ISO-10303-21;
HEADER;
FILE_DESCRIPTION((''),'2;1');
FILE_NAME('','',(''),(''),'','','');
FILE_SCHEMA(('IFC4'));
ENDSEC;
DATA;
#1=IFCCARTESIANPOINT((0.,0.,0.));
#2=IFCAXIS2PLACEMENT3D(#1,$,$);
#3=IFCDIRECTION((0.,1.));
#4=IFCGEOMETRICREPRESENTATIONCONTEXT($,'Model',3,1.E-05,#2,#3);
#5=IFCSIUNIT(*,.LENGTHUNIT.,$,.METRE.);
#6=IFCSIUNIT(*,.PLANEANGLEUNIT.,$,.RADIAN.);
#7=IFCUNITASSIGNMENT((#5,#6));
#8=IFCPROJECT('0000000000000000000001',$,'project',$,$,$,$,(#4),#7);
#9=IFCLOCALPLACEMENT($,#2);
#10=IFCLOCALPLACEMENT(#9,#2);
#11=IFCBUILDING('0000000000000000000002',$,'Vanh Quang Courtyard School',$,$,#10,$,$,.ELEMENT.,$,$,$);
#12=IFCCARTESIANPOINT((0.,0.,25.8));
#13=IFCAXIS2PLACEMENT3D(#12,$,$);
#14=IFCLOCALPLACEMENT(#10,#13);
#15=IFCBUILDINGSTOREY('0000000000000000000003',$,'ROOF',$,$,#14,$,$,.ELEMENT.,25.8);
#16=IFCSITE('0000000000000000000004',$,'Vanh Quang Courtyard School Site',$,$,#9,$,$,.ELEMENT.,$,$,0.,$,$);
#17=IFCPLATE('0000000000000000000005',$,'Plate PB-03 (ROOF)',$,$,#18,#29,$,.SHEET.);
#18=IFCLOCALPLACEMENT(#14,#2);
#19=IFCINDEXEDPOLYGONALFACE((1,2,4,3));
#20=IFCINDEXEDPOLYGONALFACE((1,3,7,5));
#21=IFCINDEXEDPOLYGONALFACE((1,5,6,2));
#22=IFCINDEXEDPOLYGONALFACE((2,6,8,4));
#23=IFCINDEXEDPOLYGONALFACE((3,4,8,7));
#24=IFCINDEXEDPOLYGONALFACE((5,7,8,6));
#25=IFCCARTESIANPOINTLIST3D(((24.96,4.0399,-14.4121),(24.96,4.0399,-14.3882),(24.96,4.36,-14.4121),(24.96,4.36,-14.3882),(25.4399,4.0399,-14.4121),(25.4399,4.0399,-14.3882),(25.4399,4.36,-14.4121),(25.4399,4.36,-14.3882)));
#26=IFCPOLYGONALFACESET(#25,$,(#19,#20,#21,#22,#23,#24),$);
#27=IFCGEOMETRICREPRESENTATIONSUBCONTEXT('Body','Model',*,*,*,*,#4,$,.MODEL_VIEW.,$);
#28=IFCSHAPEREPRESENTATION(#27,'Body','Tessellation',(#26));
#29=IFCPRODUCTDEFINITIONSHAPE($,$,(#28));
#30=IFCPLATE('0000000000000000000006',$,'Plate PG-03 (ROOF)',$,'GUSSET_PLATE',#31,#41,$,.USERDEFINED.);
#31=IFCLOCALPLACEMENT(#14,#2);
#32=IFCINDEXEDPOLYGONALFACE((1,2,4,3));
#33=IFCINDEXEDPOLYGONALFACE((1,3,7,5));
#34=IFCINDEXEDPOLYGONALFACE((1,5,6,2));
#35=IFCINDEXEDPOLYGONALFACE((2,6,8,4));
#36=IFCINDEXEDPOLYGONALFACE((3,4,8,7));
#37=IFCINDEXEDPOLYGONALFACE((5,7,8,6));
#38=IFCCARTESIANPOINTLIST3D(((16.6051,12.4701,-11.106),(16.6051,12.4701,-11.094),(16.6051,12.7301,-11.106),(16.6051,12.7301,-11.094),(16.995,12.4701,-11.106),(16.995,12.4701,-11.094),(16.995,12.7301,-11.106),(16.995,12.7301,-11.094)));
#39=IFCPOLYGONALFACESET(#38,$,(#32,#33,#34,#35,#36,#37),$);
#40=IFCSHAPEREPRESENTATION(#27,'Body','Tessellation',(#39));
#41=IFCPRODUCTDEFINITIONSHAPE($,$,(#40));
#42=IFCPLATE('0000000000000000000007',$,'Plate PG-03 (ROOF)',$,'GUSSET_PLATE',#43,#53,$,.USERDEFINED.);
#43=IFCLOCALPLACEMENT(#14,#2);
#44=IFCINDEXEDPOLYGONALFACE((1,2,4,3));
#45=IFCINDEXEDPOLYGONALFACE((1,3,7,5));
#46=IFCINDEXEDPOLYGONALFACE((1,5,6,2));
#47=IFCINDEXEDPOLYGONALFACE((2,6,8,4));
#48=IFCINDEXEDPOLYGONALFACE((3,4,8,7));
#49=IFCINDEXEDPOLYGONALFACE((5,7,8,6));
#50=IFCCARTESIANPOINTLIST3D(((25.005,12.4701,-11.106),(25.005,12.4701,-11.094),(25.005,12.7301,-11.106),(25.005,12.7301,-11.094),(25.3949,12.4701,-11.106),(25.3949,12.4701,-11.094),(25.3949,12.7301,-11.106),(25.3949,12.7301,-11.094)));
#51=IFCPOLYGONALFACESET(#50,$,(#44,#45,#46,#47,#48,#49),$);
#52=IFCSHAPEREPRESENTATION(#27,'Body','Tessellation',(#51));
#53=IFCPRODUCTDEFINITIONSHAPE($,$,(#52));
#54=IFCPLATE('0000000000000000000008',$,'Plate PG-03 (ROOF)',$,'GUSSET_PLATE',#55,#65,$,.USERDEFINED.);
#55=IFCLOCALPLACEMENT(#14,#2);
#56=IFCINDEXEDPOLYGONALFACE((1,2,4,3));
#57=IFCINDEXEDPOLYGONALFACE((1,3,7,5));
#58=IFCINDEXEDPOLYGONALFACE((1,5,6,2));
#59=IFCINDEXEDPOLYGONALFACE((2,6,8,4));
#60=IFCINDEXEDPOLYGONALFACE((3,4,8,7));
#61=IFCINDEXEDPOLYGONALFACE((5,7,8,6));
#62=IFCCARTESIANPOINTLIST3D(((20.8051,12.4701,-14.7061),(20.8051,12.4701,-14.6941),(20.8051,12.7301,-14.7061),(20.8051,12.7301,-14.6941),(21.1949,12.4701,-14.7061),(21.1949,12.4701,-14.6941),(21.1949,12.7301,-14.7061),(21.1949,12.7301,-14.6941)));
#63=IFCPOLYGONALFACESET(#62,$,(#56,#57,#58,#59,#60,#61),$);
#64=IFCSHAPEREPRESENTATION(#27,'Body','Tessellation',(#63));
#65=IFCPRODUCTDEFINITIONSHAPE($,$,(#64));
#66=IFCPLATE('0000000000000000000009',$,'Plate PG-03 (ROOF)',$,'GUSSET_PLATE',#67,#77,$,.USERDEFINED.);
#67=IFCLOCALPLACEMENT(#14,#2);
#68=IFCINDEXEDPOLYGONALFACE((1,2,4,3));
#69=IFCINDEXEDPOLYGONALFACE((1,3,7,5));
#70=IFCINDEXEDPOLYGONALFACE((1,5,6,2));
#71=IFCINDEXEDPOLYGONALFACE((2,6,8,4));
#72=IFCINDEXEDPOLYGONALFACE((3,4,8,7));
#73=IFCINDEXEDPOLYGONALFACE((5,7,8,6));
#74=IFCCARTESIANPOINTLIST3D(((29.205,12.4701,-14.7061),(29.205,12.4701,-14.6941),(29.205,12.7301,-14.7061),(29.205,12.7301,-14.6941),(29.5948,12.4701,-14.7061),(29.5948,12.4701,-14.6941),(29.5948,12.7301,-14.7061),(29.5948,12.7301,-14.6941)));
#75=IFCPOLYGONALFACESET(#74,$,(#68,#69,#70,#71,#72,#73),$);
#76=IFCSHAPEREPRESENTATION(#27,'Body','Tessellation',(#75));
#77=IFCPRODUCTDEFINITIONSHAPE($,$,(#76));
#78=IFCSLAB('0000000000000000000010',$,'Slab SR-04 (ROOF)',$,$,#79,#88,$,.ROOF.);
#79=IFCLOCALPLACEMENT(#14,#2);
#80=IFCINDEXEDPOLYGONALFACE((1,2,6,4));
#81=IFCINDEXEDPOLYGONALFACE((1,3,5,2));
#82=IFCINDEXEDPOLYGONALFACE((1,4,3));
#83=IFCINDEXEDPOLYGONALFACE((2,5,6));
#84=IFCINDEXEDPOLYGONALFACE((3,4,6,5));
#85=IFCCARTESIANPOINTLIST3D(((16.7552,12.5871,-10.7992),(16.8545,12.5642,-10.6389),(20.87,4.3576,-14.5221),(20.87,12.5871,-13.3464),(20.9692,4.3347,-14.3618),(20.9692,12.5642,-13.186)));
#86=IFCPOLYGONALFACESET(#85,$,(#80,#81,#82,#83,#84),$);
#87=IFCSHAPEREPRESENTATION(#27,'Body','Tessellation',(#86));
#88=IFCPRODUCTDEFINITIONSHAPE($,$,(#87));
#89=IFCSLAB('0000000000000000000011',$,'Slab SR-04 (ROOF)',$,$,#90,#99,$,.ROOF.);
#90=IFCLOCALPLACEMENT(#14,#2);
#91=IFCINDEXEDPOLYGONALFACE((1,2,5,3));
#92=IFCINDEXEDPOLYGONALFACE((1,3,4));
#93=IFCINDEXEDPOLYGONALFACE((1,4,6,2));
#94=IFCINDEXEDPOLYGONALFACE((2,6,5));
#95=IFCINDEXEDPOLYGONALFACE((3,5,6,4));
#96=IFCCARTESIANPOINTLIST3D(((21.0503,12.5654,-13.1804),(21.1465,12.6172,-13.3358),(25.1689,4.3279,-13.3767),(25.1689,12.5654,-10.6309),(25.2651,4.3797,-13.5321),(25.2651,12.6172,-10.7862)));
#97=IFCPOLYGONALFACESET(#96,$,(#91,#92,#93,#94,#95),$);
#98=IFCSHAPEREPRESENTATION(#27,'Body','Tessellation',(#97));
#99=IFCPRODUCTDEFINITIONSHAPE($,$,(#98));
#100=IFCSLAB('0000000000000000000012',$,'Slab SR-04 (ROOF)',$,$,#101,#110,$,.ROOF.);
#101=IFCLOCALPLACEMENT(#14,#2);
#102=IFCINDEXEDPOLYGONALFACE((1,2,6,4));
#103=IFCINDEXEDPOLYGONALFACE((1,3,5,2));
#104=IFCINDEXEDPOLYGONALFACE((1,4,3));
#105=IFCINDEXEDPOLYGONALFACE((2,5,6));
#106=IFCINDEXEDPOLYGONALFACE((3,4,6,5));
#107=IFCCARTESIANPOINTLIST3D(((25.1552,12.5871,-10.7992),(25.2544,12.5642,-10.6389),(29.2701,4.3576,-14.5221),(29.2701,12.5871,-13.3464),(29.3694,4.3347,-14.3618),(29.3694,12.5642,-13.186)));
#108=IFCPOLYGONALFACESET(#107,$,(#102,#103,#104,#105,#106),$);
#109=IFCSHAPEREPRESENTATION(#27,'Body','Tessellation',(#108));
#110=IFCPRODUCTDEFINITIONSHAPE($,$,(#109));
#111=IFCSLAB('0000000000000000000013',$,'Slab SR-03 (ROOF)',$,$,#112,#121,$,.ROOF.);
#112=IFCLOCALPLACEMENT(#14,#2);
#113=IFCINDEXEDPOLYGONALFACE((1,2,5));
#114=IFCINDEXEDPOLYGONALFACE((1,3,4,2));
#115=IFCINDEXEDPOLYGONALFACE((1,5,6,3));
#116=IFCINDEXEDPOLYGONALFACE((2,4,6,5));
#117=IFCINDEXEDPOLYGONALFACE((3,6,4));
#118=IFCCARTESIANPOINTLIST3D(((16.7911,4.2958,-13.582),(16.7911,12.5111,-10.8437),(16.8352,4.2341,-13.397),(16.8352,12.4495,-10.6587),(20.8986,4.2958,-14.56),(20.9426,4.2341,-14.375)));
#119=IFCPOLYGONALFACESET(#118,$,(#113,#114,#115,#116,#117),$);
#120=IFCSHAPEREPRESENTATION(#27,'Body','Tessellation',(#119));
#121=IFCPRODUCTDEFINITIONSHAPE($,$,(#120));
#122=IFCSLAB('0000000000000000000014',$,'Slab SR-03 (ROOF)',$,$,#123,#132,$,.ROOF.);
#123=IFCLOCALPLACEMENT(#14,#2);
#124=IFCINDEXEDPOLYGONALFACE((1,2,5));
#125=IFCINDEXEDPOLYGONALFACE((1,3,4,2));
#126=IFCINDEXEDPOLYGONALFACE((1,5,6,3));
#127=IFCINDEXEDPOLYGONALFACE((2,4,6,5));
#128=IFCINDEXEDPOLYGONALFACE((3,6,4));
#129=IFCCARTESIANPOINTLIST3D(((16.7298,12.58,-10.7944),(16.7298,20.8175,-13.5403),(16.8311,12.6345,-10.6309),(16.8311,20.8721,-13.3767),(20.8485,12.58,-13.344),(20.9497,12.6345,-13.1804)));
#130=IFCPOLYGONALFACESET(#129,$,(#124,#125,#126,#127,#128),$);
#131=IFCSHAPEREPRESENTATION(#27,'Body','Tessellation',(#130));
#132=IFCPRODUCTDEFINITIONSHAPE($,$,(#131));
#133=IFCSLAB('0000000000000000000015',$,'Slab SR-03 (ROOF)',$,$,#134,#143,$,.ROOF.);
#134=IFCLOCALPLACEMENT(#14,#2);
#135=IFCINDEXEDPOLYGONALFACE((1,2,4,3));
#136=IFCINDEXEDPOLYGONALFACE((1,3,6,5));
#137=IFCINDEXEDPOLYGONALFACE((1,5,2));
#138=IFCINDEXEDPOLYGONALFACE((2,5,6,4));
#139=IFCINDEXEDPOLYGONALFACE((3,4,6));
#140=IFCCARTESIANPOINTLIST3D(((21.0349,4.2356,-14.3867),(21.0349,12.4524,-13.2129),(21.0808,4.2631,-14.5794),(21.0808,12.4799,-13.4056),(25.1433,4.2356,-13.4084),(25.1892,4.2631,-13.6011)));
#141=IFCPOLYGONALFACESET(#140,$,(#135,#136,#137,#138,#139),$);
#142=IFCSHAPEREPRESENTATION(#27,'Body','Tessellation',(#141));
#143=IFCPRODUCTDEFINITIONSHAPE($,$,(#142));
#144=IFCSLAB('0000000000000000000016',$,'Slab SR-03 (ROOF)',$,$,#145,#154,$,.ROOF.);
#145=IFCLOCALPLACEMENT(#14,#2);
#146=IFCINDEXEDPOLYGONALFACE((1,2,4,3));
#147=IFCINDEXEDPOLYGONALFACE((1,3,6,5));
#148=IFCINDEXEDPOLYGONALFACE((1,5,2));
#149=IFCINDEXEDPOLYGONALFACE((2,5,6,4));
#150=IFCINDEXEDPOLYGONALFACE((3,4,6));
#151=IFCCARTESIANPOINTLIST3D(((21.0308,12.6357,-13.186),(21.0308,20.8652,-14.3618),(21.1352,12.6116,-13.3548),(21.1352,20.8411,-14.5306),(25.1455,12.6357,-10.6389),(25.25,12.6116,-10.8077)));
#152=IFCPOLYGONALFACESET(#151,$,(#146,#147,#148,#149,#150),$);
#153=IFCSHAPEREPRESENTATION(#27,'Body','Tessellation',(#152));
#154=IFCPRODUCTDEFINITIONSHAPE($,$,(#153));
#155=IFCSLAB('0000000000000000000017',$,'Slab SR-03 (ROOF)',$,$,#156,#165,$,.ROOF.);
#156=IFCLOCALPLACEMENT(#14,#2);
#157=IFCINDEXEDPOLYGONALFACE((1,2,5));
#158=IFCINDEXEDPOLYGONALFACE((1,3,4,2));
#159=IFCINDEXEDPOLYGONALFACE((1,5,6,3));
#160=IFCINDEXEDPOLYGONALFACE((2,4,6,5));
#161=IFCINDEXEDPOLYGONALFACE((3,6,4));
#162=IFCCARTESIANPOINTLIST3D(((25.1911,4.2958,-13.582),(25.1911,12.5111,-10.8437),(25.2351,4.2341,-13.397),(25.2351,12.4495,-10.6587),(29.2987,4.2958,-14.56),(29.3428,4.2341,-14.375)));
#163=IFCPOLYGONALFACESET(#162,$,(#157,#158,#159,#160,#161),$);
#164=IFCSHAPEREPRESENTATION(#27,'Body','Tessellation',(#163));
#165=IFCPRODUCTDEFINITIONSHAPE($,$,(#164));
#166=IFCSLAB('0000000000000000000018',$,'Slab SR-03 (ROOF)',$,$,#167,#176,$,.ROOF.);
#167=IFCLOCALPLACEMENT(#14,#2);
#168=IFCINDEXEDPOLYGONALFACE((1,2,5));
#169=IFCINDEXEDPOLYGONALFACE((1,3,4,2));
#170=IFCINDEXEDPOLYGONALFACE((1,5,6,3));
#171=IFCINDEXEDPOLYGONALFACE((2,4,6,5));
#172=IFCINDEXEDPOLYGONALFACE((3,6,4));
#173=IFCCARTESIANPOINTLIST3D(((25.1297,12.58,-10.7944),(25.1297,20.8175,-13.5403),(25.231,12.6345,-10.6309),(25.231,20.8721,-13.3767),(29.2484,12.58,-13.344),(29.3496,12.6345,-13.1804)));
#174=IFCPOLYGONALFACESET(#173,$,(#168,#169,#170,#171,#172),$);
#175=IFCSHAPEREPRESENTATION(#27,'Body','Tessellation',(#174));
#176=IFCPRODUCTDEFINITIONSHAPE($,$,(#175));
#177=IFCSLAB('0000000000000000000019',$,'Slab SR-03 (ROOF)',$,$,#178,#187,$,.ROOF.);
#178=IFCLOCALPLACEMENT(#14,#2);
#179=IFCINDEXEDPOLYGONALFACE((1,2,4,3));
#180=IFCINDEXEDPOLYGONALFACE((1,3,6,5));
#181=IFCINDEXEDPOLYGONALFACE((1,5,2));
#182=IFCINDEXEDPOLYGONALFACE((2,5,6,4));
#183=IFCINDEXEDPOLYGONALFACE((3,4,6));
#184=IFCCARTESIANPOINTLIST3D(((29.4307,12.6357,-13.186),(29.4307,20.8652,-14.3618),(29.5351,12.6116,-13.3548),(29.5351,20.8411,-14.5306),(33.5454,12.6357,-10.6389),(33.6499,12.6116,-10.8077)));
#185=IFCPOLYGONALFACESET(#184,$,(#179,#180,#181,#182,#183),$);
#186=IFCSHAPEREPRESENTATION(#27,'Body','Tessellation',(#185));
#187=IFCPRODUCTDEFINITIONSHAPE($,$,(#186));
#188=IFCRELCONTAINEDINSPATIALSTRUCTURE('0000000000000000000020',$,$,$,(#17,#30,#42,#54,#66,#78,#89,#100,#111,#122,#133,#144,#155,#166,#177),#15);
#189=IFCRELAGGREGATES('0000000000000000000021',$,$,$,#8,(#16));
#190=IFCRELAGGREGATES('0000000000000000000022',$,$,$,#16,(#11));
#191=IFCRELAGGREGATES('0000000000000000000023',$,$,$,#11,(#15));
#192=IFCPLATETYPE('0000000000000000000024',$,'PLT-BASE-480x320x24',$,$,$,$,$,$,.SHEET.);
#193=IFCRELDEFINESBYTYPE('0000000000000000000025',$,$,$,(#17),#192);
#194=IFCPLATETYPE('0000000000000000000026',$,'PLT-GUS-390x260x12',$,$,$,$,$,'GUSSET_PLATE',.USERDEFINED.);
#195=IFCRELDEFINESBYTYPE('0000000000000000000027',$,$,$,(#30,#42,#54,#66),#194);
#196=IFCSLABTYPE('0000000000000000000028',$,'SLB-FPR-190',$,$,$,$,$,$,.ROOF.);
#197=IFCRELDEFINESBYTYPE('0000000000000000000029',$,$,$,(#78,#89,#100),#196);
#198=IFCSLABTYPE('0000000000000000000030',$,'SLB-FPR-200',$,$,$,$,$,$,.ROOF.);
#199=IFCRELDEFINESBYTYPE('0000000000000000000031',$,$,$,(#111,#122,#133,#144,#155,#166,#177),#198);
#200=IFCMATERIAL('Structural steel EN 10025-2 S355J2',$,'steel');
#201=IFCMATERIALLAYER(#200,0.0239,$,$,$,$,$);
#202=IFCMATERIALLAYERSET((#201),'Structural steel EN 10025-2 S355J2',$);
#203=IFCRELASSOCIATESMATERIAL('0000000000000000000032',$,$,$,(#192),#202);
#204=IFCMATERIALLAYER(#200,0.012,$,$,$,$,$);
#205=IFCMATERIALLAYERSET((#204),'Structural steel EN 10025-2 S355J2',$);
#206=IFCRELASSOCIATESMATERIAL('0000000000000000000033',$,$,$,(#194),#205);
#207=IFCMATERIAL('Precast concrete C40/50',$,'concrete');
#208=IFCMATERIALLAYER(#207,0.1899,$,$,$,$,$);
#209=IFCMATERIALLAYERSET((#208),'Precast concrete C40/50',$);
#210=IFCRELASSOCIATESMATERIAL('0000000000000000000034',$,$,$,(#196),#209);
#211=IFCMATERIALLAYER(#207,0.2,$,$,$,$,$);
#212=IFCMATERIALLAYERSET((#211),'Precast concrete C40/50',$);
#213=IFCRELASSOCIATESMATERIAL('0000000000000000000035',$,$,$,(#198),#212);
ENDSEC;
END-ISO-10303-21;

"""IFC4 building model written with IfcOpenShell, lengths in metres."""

from ifc_helpers import new_model, si_unit, direction, frame, origin, origin_2d, place, context, subcontext, project, spatial, polyline, rectangle, outline, extrude, material, layer, layer_set, type_object, element, save


model = new_model("IFC4")

# Units and contexts
model_context = context("Model", 3, precision=1e-05, world=origin(), true_north=direction((0.0, 1.0)))
body_context = subcontext(model_context, "Body", "Model", "MODEL_VIEW")
ifc_project = project(units=[si_unit("LENGTHUNIT", "METRE"), si_unit("PLANEANGLEUNIT", "RADIAN")], contexts=[model_context])

# Site, building, storey
site_placement = place(None, origin())
site = spatial("IfcSite", under=ifc_project, at=site_placement, Name="Vanh Quang Courtyard School Site", CompositionType="ELEMENT", RefElevation=0.0)
building_placement = place(site_placement, origin())
building = spatial("IfcBuilding", under=site, at=building_placement, Name="Vanh Quang Courtyard School", CompositionType="ELEMENT")
storey_placement = place(building_placement, frame((0.0, 0.0, 25.8)))
storey = spatial("IfcBuildingStorey", under=building, at=storey_placement, Name="ROOF", CompositionType="ELEMENT", Elevation=25.8)

# Shared definitions
ifc_material_1 = material(Name="Structural steel EN 10025-2 S355J2", Category="steel")

# Plates
ifc_layer_1 = layer(ifc_material_1, 0.0239)
ifc_layer_set_1 = layer_set([ifc_layer_1], Name="Structural steel EN 10025-2 S355J2")
plate_type_1 = type_object("IfcPlateType", Name="PLT-BASE-480x320x24", PredefinedType="SHEET", material=ifc_layer_set_1)
for number, where, z_axis, x_axis, name in (
    (1, (25.2, 4.2, -14.4121), (0.0, 0.0, 1.0), (1.0, 0.0, 0.0), "Plate PB-03 (ROOF)"),
):
    element("IfcPlate", number, at=place(storey_placement, frame(where, z_axis=z_axis, x_axis=x_axis)), inside=storey, type_object=plate_type_1, Name=name, PredefinedType="SHEET", context=body_context, shape_type="SweptSolid", body=[
        extrude(rectangle(XDim=0.48, YDim=0.3201, at=origin_2d()), origin(), (0.0, 0.0, 1.0), 0.0239),
    ])
ifc_layer_2 = layer(ifc_material_1, 0.012)
ifc_layer_set_2 = layer_set([ifc_layer_2], Name="Structural steel EN 10025-2 S355J2")
plate_type_2 = type_object("IfcPlateType", Name="PLT-GUS-390x260x12", ElementType="GUSSET_PLATE", PredefinedType="USERDEFINED", material=ifc_layer_set_2)
for number, where, z_axis, x_axis, name in (
    (2, (16.8, 12.6001, -11.106), (0.0, 0.0, 1.0), (1.0, 0.0, 0.0), "Plate PG-03 (ROOF)"),
    (3, (25.2, 12.6001, -11.106), (0.0, 0.0, 1.0), (1.0, 0.0, 0.0), "Plate PG-03 (ROOF)"),
    (4, (21.0, 12.6001, -14.7061), (0.0, 0.0, 1.0), (1.0, 0.0, 0.0), "Plate PG-03 (ROOF)"),
    (5, (29.3999, 12.6001, -14.7061), (0.0, 0.0, 1.0), (1.0, 0.0, 0.0), "Plate PG-03 (ROOF)"),
):
    element("IfcPlate", number, at=place(storey_placement, frame(where, z_axis=z_axis, x_axis=x_axis)), inside=storey, type_object=plate_type_2, Name=name, ObjectType="GUSSET_PLATE", PredefinedType="USERDEFINED", context=body_context, shape_type="SweptSolid", body=[
        extrude(rectangle(XDim=0.3899, YDim=0.26, at=origin_2d()), origin(), (0.0, 0.0, 1.0), 0.012),
    ])

# Slabs
ifc_material_2 = material(Name="Precast concrete C40/50", Category="concrete")
ifc_layer_3 = layer(ifc_material_2, 0.1899)
ifc_layer_set_3 = layer_set([ifc_layer_3], Name="Precast concrete C40/50")
slab_type_1 = type_object("IfcSlabType", Name="SLB-FPR-190", PredefinedType="ROOF", material=ifc_layer_set_3)
slab_1_placement = place(storey_placement, frame((20.9692, 4.3347, -14.3618), z_axis=(0.522498, -0.120596, 0.844069), x_axis=(-0.414563, 0.829126, 0.375084)))
element("IfcSlab", 6, at=slab_1_placement, inside=storey, type_object=slab_type_1, Name="Slab SR-04 (ROOF)", PredefinedType="ROOF", context=body_context, shape_type="SweptSolid", body=[
    extrude(outline(polyline([(0.0, 0.0), (9.9255, 0.0), (7.2643, -4.0419), (0.0, 0.0)])), origin(), (0.0, 0.0, -1.0), 0.1899),
])
slab_2_placement = place(storey_placement, frame((25.1689, 4.3279, -13.3767), z_axis=(-0.506396, -0.272684, 0.818051), x_axis=(-0.447101, 0.894229, 0.021308)))
element("IfcSlab", 7, at=slab_2_placement, inside=storey, type_object=slab_type_1, Name="Slab SR-04 (ROOF)", PredefinedType="ROOF", context=body_context, shape_type="SweptSolid", body=[
    extrude(outline(polyline([(0.0, 0.0), (9.2119, 0.0), (7.4248, -4.5022), (0.0, 0.0)])), origin(), (0.0, 0.0, -1.0), 0.1899),
])
slab_3_placement = place(storey_placement, frame((29.3694, 4.3347, -14.3618), z_axis=(0.522475, -0.120598, 0.844083), x_axis=(-0.414583, 0.829117, 0.37508)))
element("IfcSlab", 8, at=slab_3_placement, inside=storey, type_object=slab_type_1, Name="Slab SR-04 (ROOF)", PredefinedType="ROOF", context=body_context, shape_type="SweptSolid", body=[
    extrude(outline(polyline([(0.0, 0.0), (9.9256, 0.0), (7.2642, -4.042), (0.0, 0.0)])), origin(), (0.0, 0.0, -1.0), 0.1899),
])
ifc_layer_4 = layer(ifc_material_2, 0.2)
ifc_layer_set_4 = layer_set([ifc_layer_4], Name="Precast concrete C40/50")
slab_type_2 = type_object("IfcSlabType", Name="SLB-FPR-200", PredefinedType="ROOF", material=ifc_layer_set_4)
slab_4_placement = place(storey_placement, frame((16.8352, 4.2341, -13.397), z_axis=(0.220343, -0.308439, 0.925373), x_axis=(0.0, 0.948689, 0.316211)))
element("IfcSlab", 9, at=slab_4_placement, inside=storey, type_object=slab_type_2, Name="Slab SR-03 (ROOF)", PredefinedType="ROOF", context=body_context, shape_type="SweptSolid", body=[
    extrude(outline(polyline([(0.0, 0.0), (8.6597, 0.0), (-0.3093, -4.2109), (0.0, 0.0)])), origin(), (0.0, 0.0, -1.0), 0.2),
])
slab_5_placement = place(storey_placement, frame((16.8311, 12.6345, -10.6309), z_axis=(0.506396, 0.272684, 0.818051), x_axis=(0.0, 0.948683, -0.316228)))
element("IfcSlab", 10, at=slab_5_placement, inside=storey, type_object=slab_type_2, Name="Slab SR-03 (ROOF)", PredefinedType="ROOF", context=body_context, shape_type="SweptSolid", body=[
    extrude(outline(polyline([(0.0, 0.0), (8.6831, 0.0), (0.8062, -4.7764), (0.0, 0.0)])), origin(), (0.0, 0.0, -1.0), 0.2),
])
slab_6_placement = place(storey_placement, frame((21.0349, 4.2356, -14.3867), z_axis=(-0.229434, -0.137649, 0.963542), x_axis=(0.0, 0.989949, 0.141421)))
element("IfcSlab", 11, at=slab_6_placement, inside=storey, type_object=slab_type_2, Name="Slab SR-03 (ROOF)", PredefinedType="ROOF", context=body_context, shape_type="SweptSolid", body=[
    extrude(outline(polyline([(0.0, 0.0), (8.3002, 0.0), (0.1383, -4.221), (0.0, 0.0)])), origin(), (0.0, 0.0, -1.0), 0.2),
])
slab_7_placement = place(storey_placement, frame((21.0308, 12.6357, -13.186), z_axis=(-0.522498, 0.120596, 0.844069), x_axis=(0.0, 0.989947, -0.141438)))
element("IfcSlab", 12, at=slab_7_placement, inside=storey, type_object=slab_type_2, Name="Slab SR-03 (ROOF)", PredefinedType="ROOF", context=body_context, shape_type="SweptSolid", body=[
    extrude(outline(polyline([(0.0, 0.0), (8.3131, 0.0), (-0.3603, -4.8259), (0.0, 0.0)])), origin(), (0.0, 0.0, -1.0), 0.2),
])
slab_8_placement = place(storey_placement, frame((25.2351, 4.2341, -13.397), z_axis=(0.22033, -0.30844, 0.925375), x_axis=(0.0, 0.948689, 0.316211)))
element("IfcSlab", 13, at=slab_8_placement, inside=storey, type_object=slab_type_2, Name="Slab SR-03 (ROOF)", PredefinedType="ROOF", context=body_context, shape_type="SweptSolid", body=[
    extrude(outline(polyline([(0.0, 0.0), (8.6597, 0.0), (-0.3093, -4.2112), (0.0, 0.0)])), origin(), (0.0, 0.0, -1.0), 0.2),
])
slab_9_placement = place(storey_placement, frame((25.231, 12.6345, -10.6309), z_axis=(0.506396, 0.272684, 0.818051), x_axis=(0.0, 0.948683, -0.316228)))
element("IfcSlab", 14, at=slab_9_placement, inside=storey, type_object=slab_type_2, Name="Slab SR-03 (ROOF)", PredefinedType="ROOF", context=body_context, shape_type="SweptSolid", body=[
    extrude(outline(polyline([(0.0, 0.0), (8.6831, 0.0), (0.8062, -4.7764), (0.0, 0.0)])), origin(), (0.0, 0.0, -1.0), 0.2),
])
slab_10_placement = place(storey_placement, frame((29.4307, 12.6357, -13.186), z_axis=(-0.522498, 0.120596, 0.844069), x_axis=(0.0, 0.989947, -0.141438)))
element("IfcSlab", 15, at=slab_10_placement, inside=storey, type_object=slab_type_2, Name="Slab SR-03 (ROOF)", PredefinedType="ROOF", context=body_context, shape_type="SweptSolid", body=[
    extrude(outline(polyline([(0.0, 0.0), (8.3131, 0.0), (-0.3603, -4.8259), (0.0, 0.0)])), origin(), (0.0, 0.0, -1.0), 0.2),
])

save(model, "model.ifc")
